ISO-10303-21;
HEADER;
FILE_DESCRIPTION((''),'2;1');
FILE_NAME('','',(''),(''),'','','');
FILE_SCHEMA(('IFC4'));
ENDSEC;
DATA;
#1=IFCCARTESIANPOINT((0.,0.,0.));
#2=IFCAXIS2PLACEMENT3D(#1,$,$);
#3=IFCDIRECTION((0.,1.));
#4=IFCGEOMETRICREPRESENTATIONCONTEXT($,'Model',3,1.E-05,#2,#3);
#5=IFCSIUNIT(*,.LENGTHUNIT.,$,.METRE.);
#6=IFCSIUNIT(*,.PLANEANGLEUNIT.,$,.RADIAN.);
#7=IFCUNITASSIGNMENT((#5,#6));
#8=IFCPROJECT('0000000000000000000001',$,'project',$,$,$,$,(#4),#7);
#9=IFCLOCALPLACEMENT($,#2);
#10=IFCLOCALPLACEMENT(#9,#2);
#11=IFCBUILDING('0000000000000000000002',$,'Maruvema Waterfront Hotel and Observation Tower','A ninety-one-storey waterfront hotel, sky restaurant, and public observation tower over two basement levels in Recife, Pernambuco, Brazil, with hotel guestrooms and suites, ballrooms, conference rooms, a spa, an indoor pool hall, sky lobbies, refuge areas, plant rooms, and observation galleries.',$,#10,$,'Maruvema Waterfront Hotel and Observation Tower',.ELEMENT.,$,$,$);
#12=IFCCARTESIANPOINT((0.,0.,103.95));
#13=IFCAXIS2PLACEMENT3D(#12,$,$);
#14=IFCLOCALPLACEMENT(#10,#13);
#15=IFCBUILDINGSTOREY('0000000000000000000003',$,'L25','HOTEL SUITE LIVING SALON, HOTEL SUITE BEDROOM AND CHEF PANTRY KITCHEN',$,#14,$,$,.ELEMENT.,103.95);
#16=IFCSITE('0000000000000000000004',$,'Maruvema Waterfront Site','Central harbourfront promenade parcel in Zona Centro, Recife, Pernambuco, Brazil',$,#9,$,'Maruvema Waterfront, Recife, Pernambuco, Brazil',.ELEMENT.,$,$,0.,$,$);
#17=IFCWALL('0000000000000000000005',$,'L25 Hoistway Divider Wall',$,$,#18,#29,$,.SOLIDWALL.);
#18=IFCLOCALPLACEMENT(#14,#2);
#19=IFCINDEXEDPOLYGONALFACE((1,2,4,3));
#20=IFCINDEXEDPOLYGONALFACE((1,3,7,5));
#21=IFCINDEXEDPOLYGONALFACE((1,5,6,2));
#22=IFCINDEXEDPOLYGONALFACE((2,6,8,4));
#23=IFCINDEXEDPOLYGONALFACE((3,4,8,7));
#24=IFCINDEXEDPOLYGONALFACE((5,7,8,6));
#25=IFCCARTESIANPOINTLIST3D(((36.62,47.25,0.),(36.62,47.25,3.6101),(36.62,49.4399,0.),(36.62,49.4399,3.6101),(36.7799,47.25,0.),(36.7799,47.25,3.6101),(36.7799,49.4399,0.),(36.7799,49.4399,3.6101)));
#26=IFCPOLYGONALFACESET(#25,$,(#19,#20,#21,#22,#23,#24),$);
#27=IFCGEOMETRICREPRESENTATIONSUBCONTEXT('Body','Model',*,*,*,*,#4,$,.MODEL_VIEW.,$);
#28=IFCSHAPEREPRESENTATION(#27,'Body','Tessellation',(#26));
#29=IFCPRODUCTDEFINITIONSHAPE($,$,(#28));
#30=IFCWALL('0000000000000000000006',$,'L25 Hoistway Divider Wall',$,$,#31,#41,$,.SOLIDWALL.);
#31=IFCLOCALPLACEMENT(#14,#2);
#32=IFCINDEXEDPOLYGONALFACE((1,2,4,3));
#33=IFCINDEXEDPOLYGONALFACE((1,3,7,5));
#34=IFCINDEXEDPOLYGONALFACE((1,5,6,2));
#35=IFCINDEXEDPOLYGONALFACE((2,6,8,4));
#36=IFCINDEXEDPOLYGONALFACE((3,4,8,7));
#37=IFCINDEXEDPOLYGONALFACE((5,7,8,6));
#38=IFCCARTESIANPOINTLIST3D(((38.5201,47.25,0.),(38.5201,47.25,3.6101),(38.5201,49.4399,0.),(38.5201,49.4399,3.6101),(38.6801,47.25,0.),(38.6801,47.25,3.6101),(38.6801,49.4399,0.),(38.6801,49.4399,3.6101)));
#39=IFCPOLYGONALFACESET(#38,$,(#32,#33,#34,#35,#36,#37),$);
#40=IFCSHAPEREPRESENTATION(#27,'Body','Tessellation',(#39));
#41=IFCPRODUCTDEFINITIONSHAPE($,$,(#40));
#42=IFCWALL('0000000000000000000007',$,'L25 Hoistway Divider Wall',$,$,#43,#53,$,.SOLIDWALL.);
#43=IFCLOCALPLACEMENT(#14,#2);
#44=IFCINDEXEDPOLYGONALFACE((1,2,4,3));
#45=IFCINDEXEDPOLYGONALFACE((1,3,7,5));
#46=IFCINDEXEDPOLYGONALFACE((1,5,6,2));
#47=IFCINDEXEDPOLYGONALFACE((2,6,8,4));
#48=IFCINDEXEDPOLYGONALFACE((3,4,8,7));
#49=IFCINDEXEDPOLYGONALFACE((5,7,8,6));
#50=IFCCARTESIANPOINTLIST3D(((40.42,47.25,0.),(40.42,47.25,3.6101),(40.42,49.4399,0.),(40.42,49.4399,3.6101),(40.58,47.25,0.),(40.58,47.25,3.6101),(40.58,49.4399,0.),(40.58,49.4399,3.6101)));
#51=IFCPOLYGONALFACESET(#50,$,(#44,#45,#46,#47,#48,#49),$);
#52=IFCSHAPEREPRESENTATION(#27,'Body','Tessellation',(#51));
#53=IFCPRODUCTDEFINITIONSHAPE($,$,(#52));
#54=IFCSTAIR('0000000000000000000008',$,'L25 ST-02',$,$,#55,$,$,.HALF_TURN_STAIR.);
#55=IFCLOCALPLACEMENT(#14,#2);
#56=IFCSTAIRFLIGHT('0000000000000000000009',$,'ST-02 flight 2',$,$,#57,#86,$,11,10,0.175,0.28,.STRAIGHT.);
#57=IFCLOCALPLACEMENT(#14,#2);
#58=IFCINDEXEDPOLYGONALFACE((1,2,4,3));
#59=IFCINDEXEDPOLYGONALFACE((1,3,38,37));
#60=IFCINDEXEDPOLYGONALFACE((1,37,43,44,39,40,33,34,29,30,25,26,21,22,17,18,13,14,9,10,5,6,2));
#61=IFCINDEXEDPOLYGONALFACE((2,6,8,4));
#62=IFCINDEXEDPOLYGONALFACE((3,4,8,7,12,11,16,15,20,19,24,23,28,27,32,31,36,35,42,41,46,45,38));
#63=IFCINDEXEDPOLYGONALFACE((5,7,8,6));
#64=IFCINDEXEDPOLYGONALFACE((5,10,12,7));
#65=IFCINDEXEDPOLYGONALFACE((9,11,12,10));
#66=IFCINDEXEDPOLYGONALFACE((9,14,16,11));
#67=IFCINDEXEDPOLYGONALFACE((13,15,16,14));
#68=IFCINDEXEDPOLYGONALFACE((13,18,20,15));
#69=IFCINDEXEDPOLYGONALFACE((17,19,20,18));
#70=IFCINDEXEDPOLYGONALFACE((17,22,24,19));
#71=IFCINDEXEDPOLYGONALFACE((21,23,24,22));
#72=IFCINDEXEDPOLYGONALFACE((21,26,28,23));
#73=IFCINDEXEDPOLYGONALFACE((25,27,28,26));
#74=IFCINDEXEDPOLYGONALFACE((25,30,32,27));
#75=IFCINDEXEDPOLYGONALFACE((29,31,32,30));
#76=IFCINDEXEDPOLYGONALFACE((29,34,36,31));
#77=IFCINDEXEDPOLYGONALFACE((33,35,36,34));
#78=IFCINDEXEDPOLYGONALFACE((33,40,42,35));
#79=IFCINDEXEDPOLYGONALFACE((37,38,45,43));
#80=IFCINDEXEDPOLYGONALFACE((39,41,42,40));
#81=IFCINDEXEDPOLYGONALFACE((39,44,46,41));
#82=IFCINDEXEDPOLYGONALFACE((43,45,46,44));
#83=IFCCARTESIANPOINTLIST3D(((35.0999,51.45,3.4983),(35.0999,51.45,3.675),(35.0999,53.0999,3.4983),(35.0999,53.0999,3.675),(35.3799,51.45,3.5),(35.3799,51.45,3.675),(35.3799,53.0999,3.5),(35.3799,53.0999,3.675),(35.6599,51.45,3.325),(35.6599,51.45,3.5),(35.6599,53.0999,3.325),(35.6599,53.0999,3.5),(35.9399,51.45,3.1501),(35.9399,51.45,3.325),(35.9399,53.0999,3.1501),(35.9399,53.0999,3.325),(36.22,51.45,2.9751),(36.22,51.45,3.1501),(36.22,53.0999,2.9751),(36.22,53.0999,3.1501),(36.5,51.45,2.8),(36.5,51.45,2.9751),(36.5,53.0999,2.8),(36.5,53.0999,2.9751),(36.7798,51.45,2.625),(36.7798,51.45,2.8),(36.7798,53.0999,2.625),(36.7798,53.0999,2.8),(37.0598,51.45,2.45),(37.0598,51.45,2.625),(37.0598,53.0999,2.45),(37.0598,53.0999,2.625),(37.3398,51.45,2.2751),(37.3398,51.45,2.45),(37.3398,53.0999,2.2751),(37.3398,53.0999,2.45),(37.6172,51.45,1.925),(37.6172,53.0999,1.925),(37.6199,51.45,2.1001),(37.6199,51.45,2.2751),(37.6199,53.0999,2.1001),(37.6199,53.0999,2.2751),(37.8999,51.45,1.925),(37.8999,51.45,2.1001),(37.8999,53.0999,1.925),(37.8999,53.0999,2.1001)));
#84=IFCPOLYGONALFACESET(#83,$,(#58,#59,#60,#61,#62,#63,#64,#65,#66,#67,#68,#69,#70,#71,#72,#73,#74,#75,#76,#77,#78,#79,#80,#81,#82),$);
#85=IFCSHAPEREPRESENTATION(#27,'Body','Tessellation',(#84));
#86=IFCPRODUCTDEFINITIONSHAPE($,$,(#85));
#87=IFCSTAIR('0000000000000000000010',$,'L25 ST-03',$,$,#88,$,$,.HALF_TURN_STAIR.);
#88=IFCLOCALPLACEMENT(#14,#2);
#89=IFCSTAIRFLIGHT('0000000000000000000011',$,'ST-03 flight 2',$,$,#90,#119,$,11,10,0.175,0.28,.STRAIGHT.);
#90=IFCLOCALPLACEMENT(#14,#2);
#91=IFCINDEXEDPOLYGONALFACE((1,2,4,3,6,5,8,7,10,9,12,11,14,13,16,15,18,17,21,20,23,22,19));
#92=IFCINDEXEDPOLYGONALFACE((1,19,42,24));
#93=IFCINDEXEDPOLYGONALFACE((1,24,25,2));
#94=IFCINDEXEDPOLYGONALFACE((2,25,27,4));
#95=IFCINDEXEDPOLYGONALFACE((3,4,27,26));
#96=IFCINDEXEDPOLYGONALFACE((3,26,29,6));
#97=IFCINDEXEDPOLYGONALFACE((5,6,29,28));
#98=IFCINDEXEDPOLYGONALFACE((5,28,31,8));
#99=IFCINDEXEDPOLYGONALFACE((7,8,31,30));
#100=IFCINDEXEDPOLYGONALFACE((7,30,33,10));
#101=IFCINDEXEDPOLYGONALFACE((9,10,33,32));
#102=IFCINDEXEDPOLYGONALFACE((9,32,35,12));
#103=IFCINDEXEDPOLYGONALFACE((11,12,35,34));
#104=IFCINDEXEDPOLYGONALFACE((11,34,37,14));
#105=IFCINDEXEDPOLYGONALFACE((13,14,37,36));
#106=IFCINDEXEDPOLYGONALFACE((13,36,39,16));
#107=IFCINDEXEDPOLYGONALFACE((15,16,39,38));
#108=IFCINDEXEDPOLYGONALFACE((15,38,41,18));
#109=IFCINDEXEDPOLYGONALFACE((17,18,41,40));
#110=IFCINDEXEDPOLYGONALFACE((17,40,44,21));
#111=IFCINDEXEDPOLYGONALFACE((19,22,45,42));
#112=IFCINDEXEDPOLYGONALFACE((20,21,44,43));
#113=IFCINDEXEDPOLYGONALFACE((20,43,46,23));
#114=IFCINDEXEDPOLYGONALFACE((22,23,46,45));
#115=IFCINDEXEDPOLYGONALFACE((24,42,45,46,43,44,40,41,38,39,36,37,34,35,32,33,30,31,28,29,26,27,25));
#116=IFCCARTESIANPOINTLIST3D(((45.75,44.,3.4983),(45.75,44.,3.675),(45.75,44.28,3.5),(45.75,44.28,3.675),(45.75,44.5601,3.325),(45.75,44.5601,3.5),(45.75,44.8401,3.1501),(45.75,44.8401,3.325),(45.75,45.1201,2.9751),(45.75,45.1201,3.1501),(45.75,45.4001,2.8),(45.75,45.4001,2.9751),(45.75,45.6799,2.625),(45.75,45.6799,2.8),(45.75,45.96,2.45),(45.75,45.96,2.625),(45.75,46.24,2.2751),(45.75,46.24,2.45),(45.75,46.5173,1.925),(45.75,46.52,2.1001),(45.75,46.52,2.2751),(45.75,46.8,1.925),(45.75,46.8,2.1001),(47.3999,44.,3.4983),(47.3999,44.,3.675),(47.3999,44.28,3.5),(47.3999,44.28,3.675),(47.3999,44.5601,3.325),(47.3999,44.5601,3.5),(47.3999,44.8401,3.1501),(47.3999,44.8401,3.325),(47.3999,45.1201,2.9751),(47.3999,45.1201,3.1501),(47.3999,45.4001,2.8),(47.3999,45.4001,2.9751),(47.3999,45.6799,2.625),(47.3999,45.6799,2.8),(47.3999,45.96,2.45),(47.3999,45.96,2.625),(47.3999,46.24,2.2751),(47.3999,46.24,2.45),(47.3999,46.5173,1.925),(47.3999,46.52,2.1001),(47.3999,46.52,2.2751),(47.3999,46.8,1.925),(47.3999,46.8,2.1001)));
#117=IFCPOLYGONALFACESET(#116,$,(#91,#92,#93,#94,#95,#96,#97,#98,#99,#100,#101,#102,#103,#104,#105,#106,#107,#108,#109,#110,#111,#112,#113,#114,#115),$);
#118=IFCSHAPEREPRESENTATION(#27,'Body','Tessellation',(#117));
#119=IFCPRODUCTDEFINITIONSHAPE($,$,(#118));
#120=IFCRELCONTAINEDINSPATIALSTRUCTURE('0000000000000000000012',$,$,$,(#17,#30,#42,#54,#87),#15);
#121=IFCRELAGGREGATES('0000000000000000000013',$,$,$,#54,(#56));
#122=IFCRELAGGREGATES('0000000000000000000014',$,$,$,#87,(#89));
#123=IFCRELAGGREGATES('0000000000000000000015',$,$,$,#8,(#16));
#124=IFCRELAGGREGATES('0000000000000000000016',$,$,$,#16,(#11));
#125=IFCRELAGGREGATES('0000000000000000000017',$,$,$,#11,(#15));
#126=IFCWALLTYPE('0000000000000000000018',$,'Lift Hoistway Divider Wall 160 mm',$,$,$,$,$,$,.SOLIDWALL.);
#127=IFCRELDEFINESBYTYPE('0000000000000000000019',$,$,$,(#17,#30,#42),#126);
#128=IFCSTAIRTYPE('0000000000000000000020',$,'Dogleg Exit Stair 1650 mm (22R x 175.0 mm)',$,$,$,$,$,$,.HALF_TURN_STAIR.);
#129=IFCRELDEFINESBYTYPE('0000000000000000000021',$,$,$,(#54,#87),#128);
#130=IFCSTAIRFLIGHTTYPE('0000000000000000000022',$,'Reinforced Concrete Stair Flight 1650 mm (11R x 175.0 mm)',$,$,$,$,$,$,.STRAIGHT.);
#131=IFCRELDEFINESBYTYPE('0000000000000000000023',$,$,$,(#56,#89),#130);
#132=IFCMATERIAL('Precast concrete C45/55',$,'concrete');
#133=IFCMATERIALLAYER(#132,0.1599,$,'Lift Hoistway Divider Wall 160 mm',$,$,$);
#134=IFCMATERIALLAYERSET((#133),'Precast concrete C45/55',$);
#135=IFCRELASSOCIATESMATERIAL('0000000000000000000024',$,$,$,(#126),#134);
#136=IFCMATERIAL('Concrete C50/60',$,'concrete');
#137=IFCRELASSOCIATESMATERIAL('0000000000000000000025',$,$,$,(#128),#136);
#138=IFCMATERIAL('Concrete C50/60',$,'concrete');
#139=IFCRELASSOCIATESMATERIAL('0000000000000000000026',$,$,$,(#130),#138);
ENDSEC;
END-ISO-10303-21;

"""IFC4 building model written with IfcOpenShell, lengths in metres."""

from ifc_helpers import new_model, si_unit, direction, frame, frame_2d, origin, place, context, subcontext, project, spatial, polyline, rectangle, outline, extrude, material, layer, layer_set, type_object, element, aggregate, save


model = new_model("IFC4")

# Units and contexts
model_context = context("Model", 3, precision=1e-05, world=origin(), true_north=direction((0.0, 1.0)))
body_context = subcontext(model_context, "Body", "Model", "MODEL_VIEW")
ifc_project = project(units=[si_unit("LENGTHUNIT", "METRE"), si_unit("PLANEANGLEUNIT", "RADIAN")], contexts=[model_context])

# Site, building, storey
site_placement = place(None, origin())
site = spatial("IfcSite", under=ifc_project, at=site_placement, Name="Maruvema Waterfront Site", Description="Central harbourfront promenade parcel in Zona Centro, Recife, Pernambuco, Brazil", LongName="Maruvema Waterfront, Recife, Pernambuco, Brazil", CompositionType="ELEMENT", RefElevation=0.0)
building_placement = place(site_placement, origin())
building = spatial("IfcBuilding", under=site, at=building_placement, Name="Maruvema Waterfront Hotel and Observation Tower", Description="A ninety-one-storey waterfront hotel, sky restaurant, and public observation tower over two basement levels in Recife, Pernambuco, Brazil, with hotel guestrooms and suites, ballrooms, conference rooms, a spa, an indoor pool hall, sky lobbies, refuge areas, plant rooms, and observation galleries.", LongName="Maruvema Waterfront Hotel and Observation Tower", CompositionType="ELEMENT")
storey_placement = place(building_placement, frame((0.0, 0.0, 103.95)))
storey = spatial("IfcBuildingStorey", under=building, at=storey_placement, Name="L25", Description="HOTEL SUITE LIVING SALON, HOTEL SUITE BEDROOM AND CHEF PANTRY KITCHEN", CompositionType="ELEMENT", Elevation=103.95)

# Walls
ifc_material_1 = material(Name="Precast concrete C45/55", Category="concrete")
ifc_layer_1 = layer(ifc_material_1, 0.1599, Name="Lift Hoistway Divider Wall 160 mm")
ifc_layer_set_1 = layer_set([ifc_layer_1], Name="Precast concrete C45/55")
wall_type_1 = type_object("IfcWallType", Name="Lift Hoistway Divider Wall 160 mm", PredefinedType="SOLIDWALL", material=ifc_layer_set_1)
for number, where, z_axis, x_axis, name in (
    (1, (36.7, 47.25, 0.0), (0.0, 0.0, 1.0), (0.0, 1.0, 0.0), "L25 Hoistway Divider Wall"),
    (2, (38.6001, 47.25, 0.0), (0.0, 0.0, 1.0), (0.0, 1.0, 0.0), "L25 Hoistway Divider Wall"),
    (3, (40.5, 47.25, 0.0), (0.0, 0.0, 1.0), (0.0, 1.0, 0.0), "L25 Hoistway Divider Wall"),
):
    element("IfcWall", number, at=place(storey_placement, frame(where, z_axis=z_axis, x_axis=x_axis)), inside=storey, type_object=wall_type_1, Name=name, PredefinedType="SOLIDWALL", context=body_context, shape_type="SweptSolid", body=[
        extrude(rectangle(XDim=2.1899, YDim=0.1599, at=frame_2d((1.095, 0.0))), origin(), (0.0, 0.0, 1.0), 3.6101),
    ])

# Stairs, stair flights
ifc_material_2 = material(Name="Concrete C50/60", Category="concrete")
stair_type = type_object("IfcStairType", Name="Dogleg Exit Stair 1650 mm (22R x 175.0 mm)", PredefinedType="HALF_TURN_STAIR", material=ifc_material_2)
stair_1_placement = place(storey_placement, origin())
stair_1 = element("IfcStair", 4, at=stair_1_placement, inside=storey, type_object=stair_type, Name="L25 ST-02", PredefinedType="HALF_TURN_STAIR")
ifc_material_3 = material(Name="Concrete C50/60", Category="concrete")
stair_flight_type = type_object("IfcStairFlightType", Name="Reinforced Concrete Stair Flight 1650 mm (11R x 175.0 mm)", PredefinedType="STRAIGHT", material=ifc_material_3)
stair_flight_1_placement = place(storey_placement, frame((37.8999, 52.2749, 1.925), z_axis=(0.0, 0.0, 1.0), x_axis=(-1.0, 0.0, 0.0)))
stair_flight_1 = element("IfcStairFlight", 5, at=stair_flight_1_placement, type_object=stair_flight_type, Name="ST-02 flight 2", NumberOfRisers=11, NumberOfTreads=10, PredefinedType="STRAIGHT", RiserHeight=0.175, TreadLength=0.28, context=body_context, shape_type="SweptSolid", body=[
    extrude(outline(polyline([(0.0, 0.0), (0.0, 0.175), (0.28, 0.175), (0.28, 0.3501), (0.5601, 0.3501), (0.5601, 0.5249), (0.8401, 0.5249), (0.8401, 0.7), (1.1201, 0.7), (1.1201, 0.875), (1.3999, 0.875), (1.3999, 1.05), (1.6799, 1.05), (1.6799, 1.2251), (1.96, 1.2251), (1.96, 1.3999), (2.24, 1.3999), (2.24, 1.575), (2.52, 1.575), (2.52, 1.75), (2.8, 1.75), (2.8, 1.925), (2.8, 1.5732), (0.2827, 0.0), (0.0, 0.0)])), frame((0.0, 0.825, 0.0), z_axis=(0.0, -1.0, 0.0), x_axis=(1.0, 0.0, 0.0)), (0.0, 0.0, 1.0), 1.6499),
])
aggregate(stair_1, [stair_flight_1])
stair_2_placement = place(storey_placement, origin())
stair_2 = element("IfcStair", 6, at=stair_2_placement, inside=storey, type_object=stair_type, Name="L25 ST-03", PredefinedType="HALF_TURN_STAIR")
stair_flight_2_placement = place(storey_placement, frame((46.575, 46.8, 1.925), z_axis=(0.0, 0.0, 1.0), x_axis=(0.0, -1.0, 0.0)))
stair_flight_2 = element("IfcStairFlight", 7, at=stair_flight_2_placement, type_object=stair_flight_type, Name="ST-03 flight 2", NumberOfRisers=11, NumberOfTreads=10, PredefinedType="STRAIGHT", RiserHeight=0.175, TreadLength=0.28, context=body_context, shape_type="SweptSolid", body=[
    extrude(outline(polyline([(0.0, 0.0), (0.0, 0.175), (0.28, 0.175), (0.28, 0.3501), (0.5601, 0.3501), (0.5601, 0.5249), (0.8401, 0.5249), (0.8401, 0.7), (1.1201, 0.7), (1.1201, 0.875), (1.3999, 0.875), (1.3999, 1.05), (1.6799, 1.05), (1.6799, 1.2251), (1.96, 1.2251), (1.96, 1.3999), (2.24, 1.3999), (2.24, 1.575), (2.52, 1.575), (2.52, 1.75), (2.8, 1.75), (2.8, 1.925), (2.8, 1.5732), (0.2827, 0.0), (0.0, 0.0)])), frame((0.0, 0.825, 0.0), z_axis=(0.0, -1.0, 0.0), x_axis=(1.0, 0.0, 0.0)), (0.0, 0.0, 1.0), 1.6499),
])
aggregate(stair_2, [stair_flight_2])

save(model, "model.ifc")
